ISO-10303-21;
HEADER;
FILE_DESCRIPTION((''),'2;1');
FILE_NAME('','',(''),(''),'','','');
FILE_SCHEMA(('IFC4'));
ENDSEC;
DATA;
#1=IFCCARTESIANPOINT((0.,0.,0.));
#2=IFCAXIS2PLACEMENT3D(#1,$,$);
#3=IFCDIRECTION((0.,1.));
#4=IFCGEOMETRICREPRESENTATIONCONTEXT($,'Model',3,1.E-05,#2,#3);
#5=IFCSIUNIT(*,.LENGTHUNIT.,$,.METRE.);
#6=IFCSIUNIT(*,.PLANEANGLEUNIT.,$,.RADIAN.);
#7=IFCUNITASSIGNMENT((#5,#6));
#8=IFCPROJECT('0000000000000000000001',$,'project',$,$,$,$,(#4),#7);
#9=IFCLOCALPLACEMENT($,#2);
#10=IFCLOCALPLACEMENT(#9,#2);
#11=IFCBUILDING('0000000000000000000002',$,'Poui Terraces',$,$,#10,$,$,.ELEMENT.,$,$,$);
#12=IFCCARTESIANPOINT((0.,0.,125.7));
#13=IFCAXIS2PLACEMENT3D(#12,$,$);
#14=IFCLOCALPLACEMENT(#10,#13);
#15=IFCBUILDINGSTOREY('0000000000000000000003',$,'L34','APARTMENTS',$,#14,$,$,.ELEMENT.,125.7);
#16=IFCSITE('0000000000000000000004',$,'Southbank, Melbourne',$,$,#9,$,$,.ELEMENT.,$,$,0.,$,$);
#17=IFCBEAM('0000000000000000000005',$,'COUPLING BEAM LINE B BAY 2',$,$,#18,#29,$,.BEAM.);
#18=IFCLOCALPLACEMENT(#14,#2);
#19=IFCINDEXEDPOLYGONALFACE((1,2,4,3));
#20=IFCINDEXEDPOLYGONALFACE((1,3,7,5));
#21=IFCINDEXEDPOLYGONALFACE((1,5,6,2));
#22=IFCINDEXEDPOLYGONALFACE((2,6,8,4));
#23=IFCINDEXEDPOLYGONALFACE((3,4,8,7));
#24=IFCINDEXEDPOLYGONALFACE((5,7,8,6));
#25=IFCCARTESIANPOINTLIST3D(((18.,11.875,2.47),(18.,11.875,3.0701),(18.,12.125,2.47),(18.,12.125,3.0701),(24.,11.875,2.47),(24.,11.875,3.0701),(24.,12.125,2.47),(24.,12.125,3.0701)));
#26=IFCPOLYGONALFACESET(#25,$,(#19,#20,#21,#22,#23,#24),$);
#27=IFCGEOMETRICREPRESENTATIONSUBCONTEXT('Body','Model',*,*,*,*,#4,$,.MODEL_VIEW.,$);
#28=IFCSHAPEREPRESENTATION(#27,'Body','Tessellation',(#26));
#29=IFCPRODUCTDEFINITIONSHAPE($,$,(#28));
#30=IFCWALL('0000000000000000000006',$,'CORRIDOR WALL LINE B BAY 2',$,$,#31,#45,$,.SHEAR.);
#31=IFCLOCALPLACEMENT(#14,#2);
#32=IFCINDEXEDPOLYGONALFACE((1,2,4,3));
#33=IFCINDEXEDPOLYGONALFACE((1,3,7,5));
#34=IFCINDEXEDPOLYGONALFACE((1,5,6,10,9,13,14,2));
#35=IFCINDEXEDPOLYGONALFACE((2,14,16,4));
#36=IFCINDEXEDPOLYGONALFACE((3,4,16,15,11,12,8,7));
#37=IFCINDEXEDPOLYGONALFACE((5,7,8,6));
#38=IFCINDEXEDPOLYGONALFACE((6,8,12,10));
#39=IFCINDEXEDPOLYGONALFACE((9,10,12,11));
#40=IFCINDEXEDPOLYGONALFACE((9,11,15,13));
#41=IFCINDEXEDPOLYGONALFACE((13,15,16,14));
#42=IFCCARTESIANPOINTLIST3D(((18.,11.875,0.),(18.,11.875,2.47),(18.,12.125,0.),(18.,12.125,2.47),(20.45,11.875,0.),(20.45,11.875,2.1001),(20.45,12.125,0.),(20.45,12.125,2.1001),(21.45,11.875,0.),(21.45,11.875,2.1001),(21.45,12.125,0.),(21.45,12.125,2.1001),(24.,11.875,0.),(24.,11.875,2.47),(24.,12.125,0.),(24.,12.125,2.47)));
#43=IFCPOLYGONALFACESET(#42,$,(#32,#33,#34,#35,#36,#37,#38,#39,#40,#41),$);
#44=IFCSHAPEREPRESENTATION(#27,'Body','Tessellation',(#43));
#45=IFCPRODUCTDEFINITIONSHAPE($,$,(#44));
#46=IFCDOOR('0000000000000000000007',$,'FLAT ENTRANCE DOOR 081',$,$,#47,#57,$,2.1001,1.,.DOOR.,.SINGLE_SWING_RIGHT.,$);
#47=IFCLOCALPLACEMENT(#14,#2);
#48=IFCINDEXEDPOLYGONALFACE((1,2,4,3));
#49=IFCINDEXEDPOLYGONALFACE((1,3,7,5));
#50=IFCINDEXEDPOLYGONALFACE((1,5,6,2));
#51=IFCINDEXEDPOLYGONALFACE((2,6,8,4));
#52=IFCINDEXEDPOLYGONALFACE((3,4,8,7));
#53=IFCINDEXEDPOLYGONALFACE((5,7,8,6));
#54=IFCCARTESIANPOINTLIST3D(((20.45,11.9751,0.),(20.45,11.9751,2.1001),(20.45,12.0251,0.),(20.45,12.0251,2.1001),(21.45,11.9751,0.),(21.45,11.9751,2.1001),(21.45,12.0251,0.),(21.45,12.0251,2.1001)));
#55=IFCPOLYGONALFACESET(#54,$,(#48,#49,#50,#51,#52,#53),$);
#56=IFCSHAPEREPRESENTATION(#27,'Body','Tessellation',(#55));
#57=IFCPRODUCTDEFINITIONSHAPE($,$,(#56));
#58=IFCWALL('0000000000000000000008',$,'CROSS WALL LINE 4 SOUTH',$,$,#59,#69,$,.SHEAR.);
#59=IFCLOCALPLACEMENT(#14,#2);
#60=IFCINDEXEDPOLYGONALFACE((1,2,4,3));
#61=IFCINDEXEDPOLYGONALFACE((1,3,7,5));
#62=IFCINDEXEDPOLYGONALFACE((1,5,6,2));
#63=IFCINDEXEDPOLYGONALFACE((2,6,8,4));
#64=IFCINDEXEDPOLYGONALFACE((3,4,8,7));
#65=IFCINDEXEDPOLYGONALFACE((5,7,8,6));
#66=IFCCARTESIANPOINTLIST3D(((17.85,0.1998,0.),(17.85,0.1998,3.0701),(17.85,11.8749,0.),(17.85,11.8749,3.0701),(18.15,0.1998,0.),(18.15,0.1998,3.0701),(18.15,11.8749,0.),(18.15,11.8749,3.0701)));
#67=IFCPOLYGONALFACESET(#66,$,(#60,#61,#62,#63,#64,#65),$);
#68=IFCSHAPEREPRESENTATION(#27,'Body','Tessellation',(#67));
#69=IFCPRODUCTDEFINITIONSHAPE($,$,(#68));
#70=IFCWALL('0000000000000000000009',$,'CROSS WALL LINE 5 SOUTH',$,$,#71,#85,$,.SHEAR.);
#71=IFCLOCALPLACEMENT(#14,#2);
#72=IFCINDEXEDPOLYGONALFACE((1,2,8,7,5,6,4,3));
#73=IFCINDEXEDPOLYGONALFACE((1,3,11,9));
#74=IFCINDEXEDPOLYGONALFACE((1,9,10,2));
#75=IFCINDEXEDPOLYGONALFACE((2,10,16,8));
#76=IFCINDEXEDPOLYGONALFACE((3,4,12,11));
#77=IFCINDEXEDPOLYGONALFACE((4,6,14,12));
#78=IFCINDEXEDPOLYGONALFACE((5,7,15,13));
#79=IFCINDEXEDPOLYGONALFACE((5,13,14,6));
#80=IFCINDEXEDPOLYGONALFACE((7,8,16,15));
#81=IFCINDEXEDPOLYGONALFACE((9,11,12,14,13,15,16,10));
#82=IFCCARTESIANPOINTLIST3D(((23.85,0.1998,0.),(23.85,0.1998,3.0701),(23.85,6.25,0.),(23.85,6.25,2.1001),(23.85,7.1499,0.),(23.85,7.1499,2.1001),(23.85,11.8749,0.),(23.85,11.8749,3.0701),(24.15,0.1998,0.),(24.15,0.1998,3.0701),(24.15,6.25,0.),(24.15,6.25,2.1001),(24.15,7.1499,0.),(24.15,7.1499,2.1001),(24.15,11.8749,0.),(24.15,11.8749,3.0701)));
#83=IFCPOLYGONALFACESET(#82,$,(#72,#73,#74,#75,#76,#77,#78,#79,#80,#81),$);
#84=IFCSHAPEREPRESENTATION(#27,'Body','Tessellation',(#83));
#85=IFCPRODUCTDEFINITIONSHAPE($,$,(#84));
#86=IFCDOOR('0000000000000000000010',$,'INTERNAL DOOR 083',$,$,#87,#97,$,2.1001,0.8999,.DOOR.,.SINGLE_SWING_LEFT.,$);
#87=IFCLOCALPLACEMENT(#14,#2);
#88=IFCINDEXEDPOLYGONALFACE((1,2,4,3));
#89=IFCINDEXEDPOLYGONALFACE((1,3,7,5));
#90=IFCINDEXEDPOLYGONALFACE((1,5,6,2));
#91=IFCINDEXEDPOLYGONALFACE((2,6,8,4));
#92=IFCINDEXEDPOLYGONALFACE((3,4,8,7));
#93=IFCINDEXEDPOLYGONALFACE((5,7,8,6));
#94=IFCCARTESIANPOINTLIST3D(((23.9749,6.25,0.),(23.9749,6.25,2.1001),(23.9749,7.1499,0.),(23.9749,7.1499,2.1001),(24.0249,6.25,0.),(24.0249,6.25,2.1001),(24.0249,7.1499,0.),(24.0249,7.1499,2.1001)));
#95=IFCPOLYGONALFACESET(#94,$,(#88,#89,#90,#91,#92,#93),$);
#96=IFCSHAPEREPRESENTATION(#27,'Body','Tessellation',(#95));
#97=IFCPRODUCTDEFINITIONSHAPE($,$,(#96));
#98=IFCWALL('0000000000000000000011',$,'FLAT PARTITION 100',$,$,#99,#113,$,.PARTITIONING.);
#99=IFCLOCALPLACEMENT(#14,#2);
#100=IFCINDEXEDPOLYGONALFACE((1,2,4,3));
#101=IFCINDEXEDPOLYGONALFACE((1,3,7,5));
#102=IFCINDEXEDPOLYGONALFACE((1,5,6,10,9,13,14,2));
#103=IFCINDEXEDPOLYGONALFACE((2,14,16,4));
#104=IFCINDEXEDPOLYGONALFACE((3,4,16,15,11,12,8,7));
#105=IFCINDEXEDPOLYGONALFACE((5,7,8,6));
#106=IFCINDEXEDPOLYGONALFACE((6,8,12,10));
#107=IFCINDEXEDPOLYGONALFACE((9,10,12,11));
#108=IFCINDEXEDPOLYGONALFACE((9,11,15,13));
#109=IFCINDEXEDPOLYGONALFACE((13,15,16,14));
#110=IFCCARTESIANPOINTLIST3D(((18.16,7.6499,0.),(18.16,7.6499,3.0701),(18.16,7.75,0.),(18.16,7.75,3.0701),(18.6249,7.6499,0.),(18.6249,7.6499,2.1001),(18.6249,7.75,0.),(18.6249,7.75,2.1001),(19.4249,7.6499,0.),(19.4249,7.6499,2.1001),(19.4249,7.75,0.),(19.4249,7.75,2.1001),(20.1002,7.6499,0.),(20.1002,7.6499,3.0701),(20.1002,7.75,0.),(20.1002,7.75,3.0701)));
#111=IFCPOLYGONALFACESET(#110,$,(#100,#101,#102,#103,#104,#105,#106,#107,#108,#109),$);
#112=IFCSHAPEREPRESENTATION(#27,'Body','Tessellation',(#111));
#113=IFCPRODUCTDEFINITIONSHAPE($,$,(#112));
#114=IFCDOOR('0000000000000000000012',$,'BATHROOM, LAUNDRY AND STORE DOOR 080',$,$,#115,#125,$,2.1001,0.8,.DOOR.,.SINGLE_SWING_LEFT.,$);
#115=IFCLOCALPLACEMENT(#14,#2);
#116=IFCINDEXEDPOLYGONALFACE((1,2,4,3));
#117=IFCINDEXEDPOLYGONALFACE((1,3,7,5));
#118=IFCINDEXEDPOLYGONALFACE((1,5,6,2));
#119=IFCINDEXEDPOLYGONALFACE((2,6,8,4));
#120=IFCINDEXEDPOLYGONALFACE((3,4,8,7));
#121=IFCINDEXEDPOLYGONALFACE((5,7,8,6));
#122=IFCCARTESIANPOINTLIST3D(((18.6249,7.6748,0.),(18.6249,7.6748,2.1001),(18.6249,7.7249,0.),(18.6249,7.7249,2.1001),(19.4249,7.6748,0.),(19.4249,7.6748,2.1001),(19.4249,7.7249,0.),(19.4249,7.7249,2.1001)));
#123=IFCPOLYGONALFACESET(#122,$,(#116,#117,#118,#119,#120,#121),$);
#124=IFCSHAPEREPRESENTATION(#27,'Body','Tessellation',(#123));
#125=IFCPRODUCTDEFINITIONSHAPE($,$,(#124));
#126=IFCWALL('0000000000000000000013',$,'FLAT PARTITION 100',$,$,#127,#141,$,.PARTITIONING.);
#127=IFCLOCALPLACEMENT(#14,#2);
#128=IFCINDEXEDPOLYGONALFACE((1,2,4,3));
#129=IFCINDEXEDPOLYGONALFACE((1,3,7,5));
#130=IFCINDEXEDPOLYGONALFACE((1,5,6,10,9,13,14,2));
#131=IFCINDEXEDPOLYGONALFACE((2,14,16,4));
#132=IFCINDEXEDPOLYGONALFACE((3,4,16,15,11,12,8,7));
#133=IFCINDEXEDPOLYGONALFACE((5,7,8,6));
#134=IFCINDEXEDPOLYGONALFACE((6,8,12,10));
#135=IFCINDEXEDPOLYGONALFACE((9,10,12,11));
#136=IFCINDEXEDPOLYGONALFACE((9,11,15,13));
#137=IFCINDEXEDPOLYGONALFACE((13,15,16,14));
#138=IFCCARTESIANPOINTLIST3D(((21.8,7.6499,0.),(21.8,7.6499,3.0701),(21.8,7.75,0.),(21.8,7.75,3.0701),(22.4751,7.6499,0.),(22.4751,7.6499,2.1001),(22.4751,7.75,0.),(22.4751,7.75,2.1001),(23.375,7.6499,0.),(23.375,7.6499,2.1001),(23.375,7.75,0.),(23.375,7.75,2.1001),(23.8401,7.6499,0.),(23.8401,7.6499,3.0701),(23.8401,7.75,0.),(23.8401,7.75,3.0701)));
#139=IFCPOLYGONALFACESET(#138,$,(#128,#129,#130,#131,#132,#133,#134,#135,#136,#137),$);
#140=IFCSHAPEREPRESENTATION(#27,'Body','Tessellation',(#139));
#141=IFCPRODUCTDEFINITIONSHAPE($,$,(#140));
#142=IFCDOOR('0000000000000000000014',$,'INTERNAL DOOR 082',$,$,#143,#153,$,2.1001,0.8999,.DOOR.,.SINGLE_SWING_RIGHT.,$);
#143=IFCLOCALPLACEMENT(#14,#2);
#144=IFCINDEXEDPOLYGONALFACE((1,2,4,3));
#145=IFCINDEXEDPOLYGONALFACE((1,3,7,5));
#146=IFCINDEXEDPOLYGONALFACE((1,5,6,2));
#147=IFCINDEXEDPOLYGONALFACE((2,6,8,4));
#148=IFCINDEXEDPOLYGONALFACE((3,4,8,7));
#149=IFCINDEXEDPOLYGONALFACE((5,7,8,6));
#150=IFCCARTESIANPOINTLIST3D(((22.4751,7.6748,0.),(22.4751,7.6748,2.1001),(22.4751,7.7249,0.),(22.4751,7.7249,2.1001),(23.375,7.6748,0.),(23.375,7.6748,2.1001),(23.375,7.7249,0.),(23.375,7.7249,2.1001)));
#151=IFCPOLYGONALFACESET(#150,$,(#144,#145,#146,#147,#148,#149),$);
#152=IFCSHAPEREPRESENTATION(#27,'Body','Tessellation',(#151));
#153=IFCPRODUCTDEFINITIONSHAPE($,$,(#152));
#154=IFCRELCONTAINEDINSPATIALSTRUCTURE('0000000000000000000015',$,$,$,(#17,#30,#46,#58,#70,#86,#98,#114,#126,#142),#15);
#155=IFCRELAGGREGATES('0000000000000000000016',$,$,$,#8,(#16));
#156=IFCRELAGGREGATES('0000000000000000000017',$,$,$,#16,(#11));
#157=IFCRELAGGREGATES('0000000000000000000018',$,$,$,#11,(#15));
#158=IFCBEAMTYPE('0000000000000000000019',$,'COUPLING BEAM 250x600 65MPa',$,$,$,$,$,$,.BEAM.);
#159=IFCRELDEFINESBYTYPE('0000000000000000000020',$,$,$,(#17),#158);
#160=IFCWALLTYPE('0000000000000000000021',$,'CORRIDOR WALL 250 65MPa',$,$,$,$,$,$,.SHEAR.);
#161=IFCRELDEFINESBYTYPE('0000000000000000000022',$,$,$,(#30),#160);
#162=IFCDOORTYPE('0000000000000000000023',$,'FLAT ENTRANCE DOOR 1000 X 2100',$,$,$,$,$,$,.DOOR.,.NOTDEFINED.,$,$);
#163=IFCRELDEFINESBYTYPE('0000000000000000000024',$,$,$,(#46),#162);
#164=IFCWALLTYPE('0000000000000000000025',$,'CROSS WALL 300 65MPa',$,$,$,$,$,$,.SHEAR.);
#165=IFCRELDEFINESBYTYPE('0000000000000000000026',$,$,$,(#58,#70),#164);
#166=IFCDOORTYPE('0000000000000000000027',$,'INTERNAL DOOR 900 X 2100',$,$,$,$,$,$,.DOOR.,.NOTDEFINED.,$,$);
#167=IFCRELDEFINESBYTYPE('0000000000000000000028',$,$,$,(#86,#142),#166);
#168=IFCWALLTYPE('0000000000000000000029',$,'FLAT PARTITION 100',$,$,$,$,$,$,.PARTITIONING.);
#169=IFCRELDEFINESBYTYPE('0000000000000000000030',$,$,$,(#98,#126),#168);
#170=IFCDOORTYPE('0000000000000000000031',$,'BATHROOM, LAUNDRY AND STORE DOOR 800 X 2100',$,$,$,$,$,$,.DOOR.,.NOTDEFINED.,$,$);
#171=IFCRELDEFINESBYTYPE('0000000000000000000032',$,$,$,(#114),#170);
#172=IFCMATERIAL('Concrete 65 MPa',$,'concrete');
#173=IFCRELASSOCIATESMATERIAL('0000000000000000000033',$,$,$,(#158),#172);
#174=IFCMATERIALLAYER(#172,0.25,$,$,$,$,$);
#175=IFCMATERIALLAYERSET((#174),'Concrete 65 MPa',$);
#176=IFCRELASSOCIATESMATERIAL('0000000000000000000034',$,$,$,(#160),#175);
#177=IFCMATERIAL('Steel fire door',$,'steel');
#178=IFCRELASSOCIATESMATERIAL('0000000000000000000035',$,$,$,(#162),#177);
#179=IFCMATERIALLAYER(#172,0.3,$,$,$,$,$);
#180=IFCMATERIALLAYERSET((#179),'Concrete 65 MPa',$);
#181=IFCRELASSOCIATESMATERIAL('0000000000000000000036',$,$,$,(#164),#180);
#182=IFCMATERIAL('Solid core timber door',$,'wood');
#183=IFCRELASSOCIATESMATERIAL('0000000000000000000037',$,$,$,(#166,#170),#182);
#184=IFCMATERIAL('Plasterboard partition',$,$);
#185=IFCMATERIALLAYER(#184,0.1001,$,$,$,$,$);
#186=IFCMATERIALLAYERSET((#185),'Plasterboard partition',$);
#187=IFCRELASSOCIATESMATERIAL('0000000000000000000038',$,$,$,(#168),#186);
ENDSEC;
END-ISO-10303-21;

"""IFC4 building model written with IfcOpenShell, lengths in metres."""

from ifc_helpers import new_model, si_unit, direction, frame, frame_2d, origin, origin_2d, place, context, subcontext, project, spatial, rectangle, extrude, source, transform, mapped, material, layer, layer_set, material_profile, profile_set, type_object, element, fill, save


model = new_model("IFC4")

# Units and contexts
model_context = context("Model", 3, precision=1e-05, world=origin(), true_north=direction((0.0, 1.0)))
body_context = subcontext(model_context, "Body", "Model", "MODEL_VIEW")
ifc_project = project(units=[si_unit("LENGTHUNIT", "METRE"), si_unit("PLANEANGLEUNIT", "RADIAN")], contexts=[model_context])

# Site, building, storey
site_placement = place(None, origin())
site = spatial("IfcSite", under=ifc_project, at=site_placement, Name="Southbank, Melbourne", CompositionType="ELEMENT", RefElevation=0.0)
building_placement = place(site_placement, origin())
building = spatial("IfcBuilding", under=site, at=building_placement, Name="Poui Terraces", CompositionType="ELEMENT")
storey_placement = place(building_placement, frame((0.0, 0.0, 125.7)))
storey = spatial("IfcBuildingStorey", under=building, at=storey_placement, Name="L34", Description="APARTMENTS", CompositionType="ELEMENT", Elevation=125.7)

# Beam
ifc_material_1 = material(Name="Concrete 65 MPa", Category="concrete")
ifc_material_profile = material_profile(ifc_material_1, rectangle(XDim=0.25, YDim=0.6001, at=origin_2d()), Name="RC 250x600")
ifc_profile_set = profile_set([ifc_material_profile], Name="Concrete 65 MPa")
beam_type = type_object("IfcBeamType", Name="COUPLING BEAM 250x600 65MPa", PredefinedType="BEAM", material=ifc_profile_set)
shared_shape = source(origin(), body_context, "Body", "SweptSolid", [
    extrude(rectangle(XDim=0.25, YDim=0.6001, at=origin_2d()), origin(), (0.0, 0.0, 1.0), 6.0),
])
beam_placement = place(storey_placement, frame((18.0, 12.0, 2.77), z_axis=(1.0, 0.0, 0.0), x_axis=(0.0, 1.0, 0.0)))
element("IfcBeam", 1, at=beam_placement, inside=storey, type_object=beam_type, Name="COUPLING BEAM LINE B BAY 2", PredefinedType="BEAM", context=body_context, shape_type="MappedRepresentation", body=[
    mapped(shared_shape, transform((0.0, 0.0, 0.0))),
])

# Wall, opening, door
ifc_layer_1 = layer(ifc_material_1, 0.25)
ifc_layer_set_1 = layer_set([ifc_layer_1], Name="Concrete 65 MPa")
wall_type_1 = type_object("IfcWallType", Name="CORRIDOR WALL 250 65MPa", PredefinedType="SHEAR", material=ifc_layer_set_1)
wall_1_placement = place(storey_placement, frame((18.0, 12.0, 0.0), z_axis=(0.0, 0.0, 1.0), x_axis=(1.0, 0.0, 0.0)))
wall_1 = element("IfcWall", 2, at=wall_1_placement, inside=storey, type_object=wall_type_1, Name="CORRIDOR WALL LINE B BAY 2", PredefinedType="SHEAR", context=body_context, shape_type="SweptSolid", body=[
    extrude(rectangle(XDim=6.0, YDim=0.25, at=frame_2d((3.0, 0.0))), origin(), (0.0, 0.0, 1.0), 2.47),
])
opening_1_placement = place(wall_1_placement, frame((2.45, 0.0, 0.0)))
opening_1 = element("IfcOpeningElement", 3, at=opening_1_placement, cuts=wall_1, PredefinedType="OPENING", context=body_context, shape_type="SweptSolid", body=[
    extrude(rectangle(XDim=1.0, YDim=2.1001, at=frame_2d((0.5, 1.05))), frame((0.0, 0.135, 0.0), z_axis=(0.0, -1.0, 0.0), x_axis=(1.0, 0.0, 0.0)), (0.0, 0.0, 1.0), 0.27),
])
ifc_material_2 = material(Name="Steel fire door", Category="steel")
door_type_1 = type_object("IfcDoorType", Name="FLAT ENTRANCE DOOR 1000 X 2100", OperationType="NOTDEFINED", PredefinedType="DOOR", material=ifc_material_2)
door_1_placement = place(opening_1_placement, frame((1.0, 0.0, 0.0), z_axis=(0.0, 0.0, 1.0), x_axis=(-1.0, 0.0, 0.0)))
door_1 = element("IfcDoor", 4, at=door_1_placement, inside=storey, type_object=door_type_1, Name="FLAT ENTRANCE DOOR 081", OperationType="SINGLE_SWING_RIGHT", OverallHeight=2.1001, OverallWidth=1.0, PredefinedType="DOOR", context=body_context, shape_type="SweptSolid", body=[
    extrude(rectangle(XDim=1.0, YDim=2.1001, at=frame_2d((0.5, 1.05))), frame((0.0, 0.0249, 0.0), z_axis=(0.0, -1.0, 0.0), x_axis=(1.0, 0.0, 0.0)), (0.0, 0.0, 1.0), 0.05),
])
fill(opening_1, door_1)

# Wall
ifc_layer_2 = layer(ifc_material_1, 0.3)
ifc_layer_set_2 = layer_set([ifc_layer_2], Name="Concrete 65 MPa")
wall_type_2 = type_object("IfcWallType", Name="CROSS WALL 300 65MPa", PredefinedType="SHEAR", material=ifc_layer_set_2)
wall_2_placement = place(storey_placement, frame((18.0, 0.2, 0.0), z_axis=(0.0, 0.0, 1.0), x_axis=(0.0, 1.0, 0.0)))
element("IfcWall", 5, at=wall_2_placement, inside=storey, type_object=wall_type_2, Name="CROSS WALL LINE 4 SOUTH", PredefinedType="SHEAR", context=body_context, shape_type="SweptSolid", body=[
    extrude(rectangle(XDim=11.675, YDim=0.3, at=frame_2d((5.8374, 0.0))), origin(), (0.0, 0.0, 1.0), 3.0701),
])

# Walls, openings, doors
wall_3_placement = place(storey_placement, frame((24.0, 0.2, 0.0), z_axis=(0.0, 0.0, 1.0), x_axis=(0.0, 1.0, 0.0)))
wall_3 = element("IfcWall", 6, at=wall_3_placement, inside=storey, type_object=wall_type_2, Name="CROSS WALL LINE 5 SOUTH", PredefinedType="SHEAR", context=body_context, shape_type="SweptSolid", body=[
    extrude(rectangle(XDim=11.675, YDim=0.3, at=frame_2d((5.8374, 0.0))), origin(), (0.0, 0.0, 1.0), 3.0701),
])
opening_2_placement = place(wall_3_placement, frame((6.05, 0.0, 0.0)))
opening_2 = element("IfcOpeningElement", 7, at=opening_2_placement, cuts=wall_3, PredefinedType="OPENING", context=body_context, shape_type="SweptSolid", body=[
    extrude(rectangle(XDim=0.8999, YDim=2.1001, at=frame_2d((0.45, 1.05))), frame((0.0, 0.1602, 0.0), z_axis=(0.0, -1.0, 0.0), x_axis=(1.0, 0.0, 0.0)), (0.0, 0.0, 1.0), 0.3201),
])
ifc_material_3 = material(Name="Solid core timber door", Category="wood")
door_type_2 = type_object("IfcDoorType", Name="INTERNAL DOOR 900 X 2100", OperationType="NOTDEFINED", PredefinedType="DOOR", material=ifc_material_3)
door_2_placement = place(opening_2_placement, frame((0.8999, 0.0, 0.0), z_axis=(0.0, 0.0, 1.0), x_axis=(-1.0, 0.0, 0.0)))
door_2 = element("IfcDoor", 8, at=door_2_placement, inside=storey, type_object=door_type_2, Name="INTERNAL DOOR 083", OperationType="SINGLE_SWING_LEFT", OverallHeight=2.1001, OverallWidth=0.8999, PredefinedType="DOOR", context=body_context, shape_type="SweptSolid", body=[
    extrude(rectangle(XDim=0.8999, YDim=2.1001, at=frame_2d((0.45, 1.05))), frame((0.0, 0.0249, 0.0), z_axis=(0.0, -1.0, 0.0), x_axis=(1.0, 0.0, 0.0)), (0.0, 0.0, 1.0), 0.05),
])
fill(opening_2, door_2)
ifc_material_4 = material(Name="Plasterboard partition")
ifc_layer_3 = layer(ifc_material_4, 0.1001)
ifc_layer_set_3 = layer_set([ifc_layer_3], Name="Plasterboard partition")
wall_type_3 = type_object("IfcWallType", Name="FLAT PARTITION 100", PredefinedType="PARTITIONING", material=ifc_layer_set_3)
wall_4_placement = place(storey_placement, frame((18.1599, 7.7, 0.0), z_axis=(0.0, 0.0, 1.0), x_axis=(1.0, 0.0, 0.0)))
wall_4 = element("IfcWall", 9, at=wall_4_placement, inside=storey, type_object=wall_type_3, Name="FLAT PARTITION 100", PredefinedType="PARTITIONING", context=body_context, shape_type="SweptSolid", body=[
    extrude(rectangle(XDim=1.9402, YDim=0.1001, at=frame_2d((0.9702, 0.0))), origin(), (0.0, 0.0, 1.0), 3.0701),
])
opening_3_placement = place(wall_4_placement, frame((0.4651, 0.0, 0.0)))
opening_3 = element("IfcOpeningElement", 10, at=opening_3_placement, cuts=wall_4, PredefinedType="OPENING", context=body_context, shape_type="SweptSolid", body=[
    extrude(rectangle(XDim=0.8, YDim=2.1001, at=frame_2d((0.3999, 1.05))), frame((0.0, 0.0601, 0.0), z_axis=(0.0, -1.0, 0.0), x_axis=(1.0, 0.0, 0.0)), (0.0, 0.0, 1.0), 0.1201),
])
door_type_3 = type_object("IfcDoorType", Name="BATHROOM, LAUNDRY AND STORE DOOR 800 X 2100", OperationType="NOTDEFINED", PredefinedType="DOOR", material=ifc_material_3)
door_3_placement = place(opening_3_placement, origin())
door_3 = element("IfcDoor", 11, at=door_3_placement, inside=storey, type_object=door_type_3, Name="BATHROOM, LAUNDRY AND STORE DOOR 080", OperationType="SINGLE_SWING_LEFT", OverallHeight=2.1001, OverallWidth=0.8, PredefinedType="DOOR", context=body_context, shape_type="SweptSolid", body=[
    extrude(rectangle(XDim=0.8, YDim=2.1001, at=frame_2d((0.3999, 1.05))), frame((0.0, 0.0249, 0.0), z_axis=(0.0, -1.0, 0.0), x_axis=(1.0, 0.0, 0.0)), (0.0, 0.0, 1.0), 0.05),
])
fill(opening_3, door_3)
wall_5_placement = place(storey_placement, frame((21.8, 7.7, 0.0), z_axis=(0.0, 0.0, 1.0), x_axis=(1.0, 0.0, 0.0)))
wall_5 = element("IfcWall", 12, at=wall_5_placement, inside=storey, type_object=wall_type_3, Name="FLAT PARTITION 100", PredefinedType="PARTITIONING", context=body_context, shape_type="SweptSolid", body=[
    extrude(rectangle(XDim=2.04, YDim=0.1001, at=frame_2d((1.02, 0.0))), origin(), (0.0, 0.0, 1.0), 3.0701),
])
opening_4_placement = place(wall_5_placement, frame((0.675, 0.0, 0.0)))
opening_4 = element("IfcOpeningElement", 13, at=opening_4_placement, cuts=wall_5, PredefinedType="OPENING", context=body_context, shape_type="SweptSolid", body=[
    extrude(rectangle(XDim=0.8999, YDim=2.1001, at=frame_2d((0.45, 1.05))), frame((0.0, 0.0601, 0.0), z_axis=(0.0, -1.0, 0.0), x_axis=(1.0, 0.0, 0.0)), (0.0, 0.0, 1.0), 0.1201),
])
door_4_placement = place(opening_4_placement, origin())
door_4 = element("IfcDoor", 14, at=door_4_placement, inside=storey, type_object=door_type_2, Name="INTERNAL DOOR 082", OperationType="SINGLE_SWING_RIGHT", OverallHeight=2.1001, OverallWidth=0.8999, PredefinedType="DOOR", context=body_context, shape_type="SweptSolid", body=[
    extrude(rectangle(XDim=0.8999, YDim=2.1001, at=frame_2d((0.45, 1.05))), frame((0.0, 0.0249, 0.0), z_axis=(0.0, -1.0, 0.0), x_axis=(1.0, 0.0, 0.0)), (0.0, 0.0, 1.0), 0.05),
])
fill(opening_4, door_4)

save(model, "model.ifc")
